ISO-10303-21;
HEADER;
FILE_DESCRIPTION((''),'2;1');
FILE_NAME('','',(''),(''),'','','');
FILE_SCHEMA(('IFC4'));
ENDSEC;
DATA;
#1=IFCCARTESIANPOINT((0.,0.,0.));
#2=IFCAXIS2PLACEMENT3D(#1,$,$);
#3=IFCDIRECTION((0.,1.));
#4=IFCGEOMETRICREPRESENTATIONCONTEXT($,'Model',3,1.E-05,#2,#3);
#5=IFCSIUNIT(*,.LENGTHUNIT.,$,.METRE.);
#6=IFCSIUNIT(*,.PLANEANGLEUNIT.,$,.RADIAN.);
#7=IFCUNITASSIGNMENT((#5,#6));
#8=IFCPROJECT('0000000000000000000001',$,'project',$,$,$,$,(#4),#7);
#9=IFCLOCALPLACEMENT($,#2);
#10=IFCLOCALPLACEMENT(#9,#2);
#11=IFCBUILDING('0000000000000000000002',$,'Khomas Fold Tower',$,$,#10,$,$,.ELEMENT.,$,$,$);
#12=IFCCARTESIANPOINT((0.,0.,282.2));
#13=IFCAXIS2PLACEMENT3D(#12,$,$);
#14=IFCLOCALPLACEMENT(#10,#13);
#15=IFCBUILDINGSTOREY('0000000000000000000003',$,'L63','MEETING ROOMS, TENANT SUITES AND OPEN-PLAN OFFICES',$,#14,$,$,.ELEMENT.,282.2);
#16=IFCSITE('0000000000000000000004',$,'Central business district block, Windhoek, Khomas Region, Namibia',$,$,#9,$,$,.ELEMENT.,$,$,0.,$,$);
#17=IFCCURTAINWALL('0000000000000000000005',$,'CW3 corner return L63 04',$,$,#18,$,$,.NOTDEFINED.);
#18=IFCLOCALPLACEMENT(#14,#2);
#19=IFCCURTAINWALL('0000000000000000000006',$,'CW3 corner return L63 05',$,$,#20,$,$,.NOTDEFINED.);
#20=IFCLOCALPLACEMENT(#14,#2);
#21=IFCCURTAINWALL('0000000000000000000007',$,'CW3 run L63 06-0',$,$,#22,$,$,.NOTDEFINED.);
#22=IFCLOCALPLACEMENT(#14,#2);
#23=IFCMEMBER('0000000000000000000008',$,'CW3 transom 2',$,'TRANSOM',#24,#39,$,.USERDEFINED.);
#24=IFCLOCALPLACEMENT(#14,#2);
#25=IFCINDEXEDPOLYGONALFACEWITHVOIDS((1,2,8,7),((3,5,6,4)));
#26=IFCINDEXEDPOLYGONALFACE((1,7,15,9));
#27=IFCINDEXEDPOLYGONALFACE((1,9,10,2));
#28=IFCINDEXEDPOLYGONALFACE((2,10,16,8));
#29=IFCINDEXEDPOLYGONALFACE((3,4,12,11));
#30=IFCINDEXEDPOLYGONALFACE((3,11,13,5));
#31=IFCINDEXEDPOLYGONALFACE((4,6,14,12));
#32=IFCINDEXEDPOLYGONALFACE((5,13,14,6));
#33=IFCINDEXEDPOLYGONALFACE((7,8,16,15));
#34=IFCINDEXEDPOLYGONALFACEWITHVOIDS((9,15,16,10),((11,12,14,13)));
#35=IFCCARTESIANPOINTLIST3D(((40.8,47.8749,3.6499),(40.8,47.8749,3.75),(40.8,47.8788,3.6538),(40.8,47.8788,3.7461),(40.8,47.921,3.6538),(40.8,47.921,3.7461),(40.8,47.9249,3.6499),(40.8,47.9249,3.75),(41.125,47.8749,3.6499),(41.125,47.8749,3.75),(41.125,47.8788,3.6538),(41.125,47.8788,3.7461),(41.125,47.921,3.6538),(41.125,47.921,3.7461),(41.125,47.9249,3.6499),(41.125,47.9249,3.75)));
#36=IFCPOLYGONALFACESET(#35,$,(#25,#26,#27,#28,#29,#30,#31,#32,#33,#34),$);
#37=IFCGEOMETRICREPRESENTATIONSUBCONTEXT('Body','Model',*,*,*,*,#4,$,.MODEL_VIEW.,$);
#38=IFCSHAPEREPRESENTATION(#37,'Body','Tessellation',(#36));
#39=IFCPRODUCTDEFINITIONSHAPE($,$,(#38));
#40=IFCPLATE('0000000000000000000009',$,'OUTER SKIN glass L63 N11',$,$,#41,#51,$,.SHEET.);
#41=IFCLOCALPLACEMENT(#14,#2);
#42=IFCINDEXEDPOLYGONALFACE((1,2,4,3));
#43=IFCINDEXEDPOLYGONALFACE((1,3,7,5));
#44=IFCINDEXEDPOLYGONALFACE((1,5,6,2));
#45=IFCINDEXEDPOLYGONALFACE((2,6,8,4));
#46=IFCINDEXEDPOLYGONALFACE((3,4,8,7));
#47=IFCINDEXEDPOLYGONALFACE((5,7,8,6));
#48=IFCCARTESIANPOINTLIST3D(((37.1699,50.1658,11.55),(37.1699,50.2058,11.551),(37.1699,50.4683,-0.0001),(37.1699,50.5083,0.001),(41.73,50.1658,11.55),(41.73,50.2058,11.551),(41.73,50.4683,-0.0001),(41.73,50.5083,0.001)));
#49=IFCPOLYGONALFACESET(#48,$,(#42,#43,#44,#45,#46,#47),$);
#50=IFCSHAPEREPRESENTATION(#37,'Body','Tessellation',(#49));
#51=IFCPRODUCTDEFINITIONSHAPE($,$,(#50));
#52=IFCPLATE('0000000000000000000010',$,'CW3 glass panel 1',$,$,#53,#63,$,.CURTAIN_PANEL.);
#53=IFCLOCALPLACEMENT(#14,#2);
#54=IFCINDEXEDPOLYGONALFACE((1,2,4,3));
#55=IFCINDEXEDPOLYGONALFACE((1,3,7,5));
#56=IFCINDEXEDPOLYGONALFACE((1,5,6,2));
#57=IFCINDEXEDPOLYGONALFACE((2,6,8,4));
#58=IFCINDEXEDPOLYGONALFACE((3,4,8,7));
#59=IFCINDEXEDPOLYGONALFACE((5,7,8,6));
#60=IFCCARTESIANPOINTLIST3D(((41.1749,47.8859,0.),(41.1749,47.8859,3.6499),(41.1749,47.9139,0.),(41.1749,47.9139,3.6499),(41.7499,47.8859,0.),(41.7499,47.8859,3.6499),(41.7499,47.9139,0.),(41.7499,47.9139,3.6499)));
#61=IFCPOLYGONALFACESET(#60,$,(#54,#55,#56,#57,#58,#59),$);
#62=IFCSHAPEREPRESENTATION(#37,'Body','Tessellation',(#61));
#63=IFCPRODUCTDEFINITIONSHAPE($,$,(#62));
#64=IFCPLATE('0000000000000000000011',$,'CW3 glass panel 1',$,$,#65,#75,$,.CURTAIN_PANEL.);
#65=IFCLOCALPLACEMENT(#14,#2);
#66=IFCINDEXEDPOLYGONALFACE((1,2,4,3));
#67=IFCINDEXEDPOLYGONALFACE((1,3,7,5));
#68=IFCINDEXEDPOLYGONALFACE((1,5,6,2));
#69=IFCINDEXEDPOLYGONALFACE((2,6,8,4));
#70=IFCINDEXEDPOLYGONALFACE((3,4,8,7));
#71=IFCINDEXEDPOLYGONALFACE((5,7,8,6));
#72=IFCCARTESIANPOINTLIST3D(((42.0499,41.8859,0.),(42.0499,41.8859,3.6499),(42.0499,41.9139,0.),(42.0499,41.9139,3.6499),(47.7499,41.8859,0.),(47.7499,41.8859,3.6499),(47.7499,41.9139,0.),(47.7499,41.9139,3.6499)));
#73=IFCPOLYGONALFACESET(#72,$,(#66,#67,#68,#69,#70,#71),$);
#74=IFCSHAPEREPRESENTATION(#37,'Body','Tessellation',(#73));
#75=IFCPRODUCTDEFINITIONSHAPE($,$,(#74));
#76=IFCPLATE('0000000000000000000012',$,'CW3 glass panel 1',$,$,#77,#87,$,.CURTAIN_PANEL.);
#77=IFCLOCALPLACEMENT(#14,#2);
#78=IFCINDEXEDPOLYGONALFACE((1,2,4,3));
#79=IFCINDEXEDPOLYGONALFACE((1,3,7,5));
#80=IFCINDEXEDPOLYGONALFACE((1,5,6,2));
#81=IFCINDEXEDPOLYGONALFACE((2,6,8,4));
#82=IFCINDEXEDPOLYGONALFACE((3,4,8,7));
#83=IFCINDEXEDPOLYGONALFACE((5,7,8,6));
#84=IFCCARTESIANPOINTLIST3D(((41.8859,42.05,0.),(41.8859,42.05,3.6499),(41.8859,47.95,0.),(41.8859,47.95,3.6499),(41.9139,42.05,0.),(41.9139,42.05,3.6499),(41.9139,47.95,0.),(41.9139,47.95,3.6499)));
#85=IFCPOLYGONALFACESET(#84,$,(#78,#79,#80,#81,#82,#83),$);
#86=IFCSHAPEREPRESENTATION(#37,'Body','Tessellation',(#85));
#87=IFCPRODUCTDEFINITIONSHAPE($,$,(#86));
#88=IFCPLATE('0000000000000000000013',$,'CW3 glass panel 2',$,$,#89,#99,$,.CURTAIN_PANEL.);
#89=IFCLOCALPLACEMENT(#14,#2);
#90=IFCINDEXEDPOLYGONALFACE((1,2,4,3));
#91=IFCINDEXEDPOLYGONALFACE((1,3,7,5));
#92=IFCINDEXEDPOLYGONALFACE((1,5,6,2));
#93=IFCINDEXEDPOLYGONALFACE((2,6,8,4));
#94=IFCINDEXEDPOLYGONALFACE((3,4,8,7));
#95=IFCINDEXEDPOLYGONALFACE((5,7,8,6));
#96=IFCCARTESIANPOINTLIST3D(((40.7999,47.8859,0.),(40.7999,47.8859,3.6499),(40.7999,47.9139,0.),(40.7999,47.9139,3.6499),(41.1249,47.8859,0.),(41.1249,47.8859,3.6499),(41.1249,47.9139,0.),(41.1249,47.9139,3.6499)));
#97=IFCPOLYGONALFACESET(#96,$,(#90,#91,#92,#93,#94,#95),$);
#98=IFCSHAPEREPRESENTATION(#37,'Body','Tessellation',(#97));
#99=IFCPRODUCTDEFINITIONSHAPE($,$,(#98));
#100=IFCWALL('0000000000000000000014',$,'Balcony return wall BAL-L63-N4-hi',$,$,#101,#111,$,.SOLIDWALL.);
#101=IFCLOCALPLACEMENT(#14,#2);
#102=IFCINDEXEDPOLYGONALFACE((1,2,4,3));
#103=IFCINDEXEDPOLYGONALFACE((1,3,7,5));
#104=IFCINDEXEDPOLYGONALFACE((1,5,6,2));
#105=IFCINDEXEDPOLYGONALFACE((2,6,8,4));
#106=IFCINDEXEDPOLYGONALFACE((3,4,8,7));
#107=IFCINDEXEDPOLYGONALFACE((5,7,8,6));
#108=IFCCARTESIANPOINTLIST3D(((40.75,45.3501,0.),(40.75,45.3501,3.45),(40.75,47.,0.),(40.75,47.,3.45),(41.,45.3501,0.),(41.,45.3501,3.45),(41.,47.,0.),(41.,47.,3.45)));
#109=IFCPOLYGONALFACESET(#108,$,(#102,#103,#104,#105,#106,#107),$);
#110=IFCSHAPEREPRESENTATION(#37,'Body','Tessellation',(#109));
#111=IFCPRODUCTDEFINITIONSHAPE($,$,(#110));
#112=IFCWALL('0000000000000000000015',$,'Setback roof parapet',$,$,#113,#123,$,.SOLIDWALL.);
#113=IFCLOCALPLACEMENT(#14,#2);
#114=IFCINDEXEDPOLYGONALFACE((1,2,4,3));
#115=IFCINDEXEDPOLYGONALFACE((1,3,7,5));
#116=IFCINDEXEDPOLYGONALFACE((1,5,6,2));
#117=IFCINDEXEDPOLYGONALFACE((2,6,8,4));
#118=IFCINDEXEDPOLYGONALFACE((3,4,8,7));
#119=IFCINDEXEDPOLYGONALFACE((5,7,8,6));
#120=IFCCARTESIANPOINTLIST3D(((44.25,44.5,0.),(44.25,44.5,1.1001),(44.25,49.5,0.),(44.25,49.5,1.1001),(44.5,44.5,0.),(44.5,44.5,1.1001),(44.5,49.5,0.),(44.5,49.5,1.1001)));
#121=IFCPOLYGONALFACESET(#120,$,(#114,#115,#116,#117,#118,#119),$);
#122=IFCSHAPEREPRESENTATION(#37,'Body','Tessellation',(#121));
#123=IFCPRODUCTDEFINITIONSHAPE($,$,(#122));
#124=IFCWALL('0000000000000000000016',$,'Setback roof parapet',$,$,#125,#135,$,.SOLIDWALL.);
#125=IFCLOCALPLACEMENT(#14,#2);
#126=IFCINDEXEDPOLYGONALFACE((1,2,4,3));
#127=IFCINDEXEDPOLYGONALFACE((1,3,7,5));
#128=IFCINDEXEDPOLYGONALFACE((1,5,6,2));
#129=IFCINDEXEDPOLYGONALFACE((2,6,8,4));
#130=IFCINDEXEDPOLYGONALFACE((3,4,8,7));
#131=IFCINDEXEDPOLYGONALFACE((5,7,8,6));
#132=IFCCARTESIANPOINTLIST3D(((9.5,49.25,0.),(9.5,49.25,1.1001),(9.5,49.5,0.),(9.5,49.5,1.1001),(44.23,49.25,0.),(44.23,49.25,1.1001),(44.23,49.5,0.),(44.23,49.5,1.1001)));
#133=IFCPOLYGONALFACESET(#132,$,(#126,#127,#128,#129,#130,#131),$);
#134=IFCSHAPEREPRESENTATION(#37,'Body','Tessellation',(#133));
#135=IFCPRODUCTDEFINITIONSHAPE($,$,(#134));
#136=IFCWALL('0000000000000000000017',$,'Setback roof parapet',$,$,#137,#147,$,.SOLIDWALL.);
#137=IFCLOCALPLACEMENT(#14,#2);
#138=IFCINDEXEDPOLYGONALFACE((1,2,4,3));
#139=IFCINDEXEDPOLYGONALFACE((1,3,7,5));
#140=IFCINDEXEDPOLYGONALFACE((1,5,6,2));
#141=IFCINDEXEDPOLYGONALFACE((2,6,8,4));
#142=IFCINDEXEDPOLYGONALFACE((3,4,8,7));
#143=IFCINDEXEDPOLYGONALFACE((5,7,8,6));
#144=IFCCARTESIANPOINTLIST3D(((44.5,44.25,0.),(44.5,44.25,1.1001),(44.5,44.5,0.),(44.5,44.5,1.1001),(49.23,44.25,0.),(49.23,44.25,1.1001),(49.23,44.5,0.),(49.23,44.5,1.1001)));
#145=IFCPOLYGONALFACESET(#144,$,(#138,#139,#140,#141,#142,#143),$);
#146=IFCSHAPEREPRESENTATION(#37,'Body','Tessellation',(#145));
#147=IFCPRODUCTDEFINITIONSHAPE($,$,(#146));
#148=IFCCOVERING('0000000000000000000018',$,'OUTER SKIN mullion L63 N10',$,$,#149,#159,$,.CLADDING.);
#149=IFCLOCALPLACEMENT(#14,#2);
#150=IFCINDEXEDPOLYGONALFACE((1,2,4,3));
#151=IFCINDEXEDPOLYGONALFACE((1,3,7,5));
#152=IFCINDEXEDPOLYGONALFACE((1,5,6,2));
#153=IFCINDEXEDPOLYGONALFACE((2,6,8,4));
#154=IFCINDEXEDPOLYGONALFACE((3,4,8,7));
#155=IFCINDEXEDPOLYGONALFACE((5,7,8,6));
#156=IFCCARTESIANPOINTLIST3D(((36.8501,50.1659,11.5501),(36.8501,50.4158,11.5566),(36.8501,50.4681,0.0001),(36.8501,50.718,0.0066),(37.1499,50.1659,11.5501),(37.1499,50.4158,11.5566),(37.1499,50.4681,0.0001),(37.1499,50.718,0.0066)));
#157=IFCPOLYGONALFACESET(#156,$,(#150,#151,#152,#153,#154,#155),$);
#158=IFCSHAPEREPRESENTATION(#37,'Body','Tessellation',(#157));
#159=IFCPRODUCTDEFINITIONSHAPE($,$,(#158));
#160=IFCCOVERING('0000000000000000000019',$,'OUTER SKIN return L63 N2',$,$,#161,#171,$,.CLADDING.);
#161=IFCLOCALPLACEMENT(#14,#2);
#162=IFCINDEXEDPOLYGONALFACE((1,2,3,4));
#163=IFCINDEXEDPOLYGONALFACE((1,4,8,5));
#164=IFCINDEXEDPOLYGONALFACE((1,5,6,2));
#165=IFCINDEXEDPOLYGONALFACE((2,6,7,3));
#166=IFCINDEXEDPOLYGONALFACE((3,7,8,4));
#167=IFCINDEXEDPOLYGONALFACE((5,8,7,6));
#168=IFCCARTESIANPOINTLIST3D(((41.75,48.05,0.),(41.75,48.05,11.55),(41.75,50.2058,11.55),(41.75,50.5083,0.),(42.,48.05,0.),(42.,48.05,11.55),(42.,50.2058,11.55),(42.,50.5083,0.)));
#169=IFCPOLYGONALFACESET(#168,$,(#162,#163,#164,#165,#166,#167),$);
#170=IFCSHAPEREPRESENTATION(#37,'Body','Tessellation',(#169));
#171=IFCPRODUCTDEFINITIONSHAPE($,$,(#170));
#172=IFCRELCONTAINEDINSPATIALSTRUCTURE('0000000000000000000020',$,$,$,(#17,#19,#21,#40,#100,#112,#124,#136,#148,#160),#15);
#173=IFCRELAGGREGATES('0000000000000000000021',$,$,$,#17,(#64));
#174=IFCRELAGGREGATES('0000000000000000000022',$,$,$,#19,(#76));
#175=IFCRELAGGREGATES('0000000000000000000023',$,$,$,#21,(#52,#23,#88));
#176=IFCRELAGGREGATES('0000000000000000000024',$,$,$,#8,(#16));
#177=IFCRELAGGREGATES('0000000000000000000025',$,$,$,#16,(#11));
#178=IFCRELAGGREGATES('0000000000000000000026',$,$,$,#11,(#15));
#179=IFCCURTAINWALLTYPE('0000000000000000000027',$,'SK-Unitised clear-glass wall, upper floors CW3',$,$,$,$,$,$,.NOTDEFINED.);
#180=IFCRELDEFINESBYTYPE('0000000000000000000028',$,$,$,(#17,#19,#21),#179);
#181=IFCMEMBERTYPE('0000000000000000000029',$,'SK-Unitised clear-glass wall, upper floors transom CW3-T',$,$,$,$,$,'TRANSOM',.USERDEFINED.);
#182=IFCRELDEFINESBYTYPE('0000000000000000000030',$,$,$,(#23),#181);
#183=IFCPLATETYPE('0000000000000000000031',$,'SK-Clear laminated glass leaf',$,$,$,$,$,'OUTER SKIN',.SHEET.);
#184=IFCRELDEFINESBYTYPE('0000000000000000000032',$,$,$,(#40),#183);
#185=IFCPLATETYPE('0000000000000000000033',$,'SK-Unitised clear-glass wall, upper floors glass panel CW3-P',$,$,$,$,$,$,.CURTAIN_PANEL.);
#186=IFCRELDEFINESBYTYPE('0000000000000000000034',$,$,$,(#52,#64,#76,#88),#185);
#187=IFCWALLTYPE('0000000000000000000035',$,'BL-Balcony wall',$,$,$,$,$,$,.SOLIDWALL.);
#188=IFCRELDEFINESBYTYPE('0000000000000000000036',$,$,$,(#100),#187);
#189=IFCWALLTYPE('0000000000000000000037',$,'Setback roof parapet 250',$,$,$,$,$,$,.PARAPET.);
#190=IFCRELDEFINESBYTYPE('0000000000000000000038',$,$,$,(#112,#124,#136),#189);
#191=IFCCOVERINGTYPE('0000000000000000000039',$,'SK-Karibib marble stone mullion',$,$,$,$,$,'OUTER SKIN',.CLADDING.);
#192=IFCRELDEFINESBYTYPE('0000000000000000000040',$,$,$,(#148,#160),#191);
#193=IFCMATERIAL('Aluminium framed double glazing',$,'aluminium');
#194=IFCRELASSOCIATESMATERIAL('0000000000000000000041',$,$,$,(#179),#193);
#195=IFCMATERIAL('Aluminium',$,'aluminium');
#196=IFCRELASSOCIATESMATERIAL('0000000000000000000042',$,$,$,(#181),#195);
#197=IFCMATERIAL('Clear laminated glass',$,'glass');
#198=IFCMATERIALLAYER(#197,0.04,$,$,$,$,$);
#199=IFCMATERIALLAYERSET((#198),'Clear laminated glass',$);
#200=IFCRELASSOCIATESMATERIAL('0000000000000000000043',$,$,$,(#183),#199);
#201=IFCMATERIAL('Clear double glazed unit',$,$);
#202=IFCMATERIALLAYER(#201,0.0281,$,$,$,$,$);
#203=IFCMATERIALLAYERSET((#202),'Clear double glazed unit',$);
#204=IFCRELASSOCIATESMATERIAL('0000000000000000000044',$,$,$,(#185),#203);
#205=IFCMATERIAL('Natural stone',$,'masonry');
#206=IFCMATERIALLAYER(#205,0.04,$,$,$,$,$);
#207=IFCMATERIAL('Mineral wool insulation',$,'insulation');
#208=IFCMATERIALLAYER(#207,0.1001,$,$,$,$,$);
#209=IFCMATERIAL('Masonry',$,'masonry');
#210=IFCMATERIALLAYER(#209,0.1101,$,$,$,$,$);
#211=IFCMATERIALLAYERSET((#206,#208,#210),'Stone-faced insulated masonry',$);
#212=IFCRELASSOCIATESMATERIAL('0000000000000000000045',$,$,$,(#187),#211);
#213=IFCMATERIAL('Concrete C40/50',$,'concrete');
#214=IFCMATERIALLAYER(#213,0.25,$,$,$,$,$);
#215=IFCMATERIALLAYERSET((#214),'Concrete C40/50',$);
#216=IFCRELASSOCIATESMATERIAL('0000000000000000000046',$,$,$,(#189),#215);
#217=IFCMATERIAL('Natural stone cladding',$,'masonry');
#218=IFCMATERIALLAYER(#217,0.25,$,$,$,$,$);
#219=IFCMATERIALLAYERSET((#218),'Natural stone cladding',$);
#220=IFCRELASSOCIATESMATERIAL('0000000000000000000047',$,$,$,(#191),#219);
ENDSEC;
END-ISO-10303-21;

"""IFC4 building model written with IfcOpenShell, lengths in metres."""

from ifc_helpers import new_model, si_unit, direction, frame, frame_2d, origin, origin_2d, place, context, subcontext, project, spatial, polyline, rectangle, hollow_rectangle, outline, extrude, source, transform, mapped, material, layer, layer_set, material_profile, profile_set, type_object, element, aggregate, save


model = new_model("IFC4")

# Units and contexts
model_context = context("Model", 3, precision=1e-05, world=origin(), true_north=direction((0.0, 1.0)))
body_context = subcontext(model_context, "Body", "Model", "MODEL_VIEW")
ifc_project = project(units=[si_unit("LENGTHUNIT", "METRE"), si_unit("PLANEANGLEUNIT", "RADIAN")], contexts=[model_context])

# Site, building, storey
site_placement = place(None, origin())
site = spatial("IfcSite", under=ifc_project, at=site_placement, Name="Central business district block, Windhoek, Khomas Region, Namibia", CompositionType="ELEMENT", RefElevation=0.0)
building_placement = place(site_placement, origin())
building = spatial("IfcBuilding", under=site, at=building_placement, Name="Khomas Fold Tower", CompositionType="ELEMENT")
storey_placement = place(building_placement, frame((0.0, 0.0, 282.2)))
storey = spatial("IfcBuildingStorey", under=building, at=storey_placement, Name="L63", Description="MEETING ROOMS, TENANT SUITES AND OPEN-PLAN OFFICES", CompositionType="ELEMENT", Elevation=282.2)

# Shared definitions
ifc_material_1 = material(Name="Aluminium framed double glazing", Category="aluminium")
curtain_wall_type = type_object("IfcCurtainWallType", Name="SK-Unitised clear-glass wall, upper floors CW3", PredefinedType="NOTDEFINED", material=ifc_material_1)

# Curtain walls
curtain_wall_1_placement = place(storey_placement, origin())
curtain_wall_1 = element("IfcCurtainWall", 1, at=curtain_wall_1_placement, inside=storey, type_object=curtain_wall_type, Name="CW3 corner return L63 04", PredefinedType="NOTDEFINED")
curtain_wall_2_placement = place(storey_placement, origin())
curtain_wall_2 = element("IfcCurtainWall", 2, at=curtain_wall_2_placement, inside=storey, type_object=curtain_wall_type, Name="CW3 corner return L63 05", PredefinedType="NOTDEFINED")
curtain_wall_3_placement = place(storey_placement, origin())
curtain_wall_3 = element("IfcCurtainWall", 3, at=curtain_wall_3_placement, inside=storey, type_object=curtain_wall_type, Name="CW3 run L63 06-0", PredefinedType="NOTDEFINED")
ifc_material_2 = material(Name="Aluminium", Category="aluminium")
ifc_material_profile_1 = material_profile(ifc_material_2, hollow_rectangle(XDim=0.05, YDim=0.1001, WallThickness=0.0039, at=origin_2d()), Name="SK-Unitised clear-glass wall, upper floors transom CW3-T")
ifc_profile_set_1 = profile_set([ifc_material_profile_1], Name="Aluminium")
member_type_1 = type_object("IfcMemberType", Name="SK-Unitised clear-glass wall, upper floors transom CW3-T", ElementType="TRANSOM", PredefinedType="USERDEFINED", material=ifc_profile_set_1)

# Member
shared_shape_1 = source(origin(), body_context, "Body", "SweptSolid", [
    extrude(hollow_rectangle(XDim=0.05, YDim=0.1001, WallThickness=0.0039, at=origin_2d()), origin(), (0.0, 0.0, 1.0), 0.325),
])
member_1_placement = place(storey_placement, frame((41.125, 47.8999, 3.7), z_axis=(-1.0, 0.0, 0.0), x_axis=(0.0, -1.0, 0.0)))
member_1 = element("IfcMember", 4, at=member_1_placement, type_object=member_type_1, Name="CW3 transom 2", ObjectType="TRANSOM", PredefinedType="USERDEFINED", context=body_context, shape_type="MappedRepresentation", body=[
    mapped(shared_shape_1, transform((0.0, 0.0, 0.0))),
])

# Plates
ifc_material_3 = material(Name="Clear laminated glass", Category="glass")
ifc_layer_1 = layer(ifc_material_3, 0.04)
ifc_layer_set_1 = layer_set([ifc_layer_1], Name="Clear laminated glass")
plate_type_1 = type_object("IfcPlateType", Name="SK-Clear laminated glass leaf", ElementType="OUTER SKIN", PredefinedType="SHEET", material=ifc_layer_set_1)
plate_1_placement = place(storey_placement, frame((37.1699, 50.5083, 0.001), z_axis=(0.0, 0.999657, 0.026181), x_axis=(1.0, 0.0, 0.0)))
element("IfcPlate", 5, at=plate_1_placement, inside=storey, type_object=plate_type_1, Name="OUTER SKIN glass L63 N11", PredefinedType="SHEET", context=body_context, shape_type="SweptSolid", body=[
    extrude(outline(polyline([(0.0, 0.0), (4.5601, 0.0), (4.5601, -11.554), (0.0, -11.554), (0.0, 0.0)])), origin(), (0.0, 0.0, -1.0), 0.04),
])
ifc_material_4 = material(Name="Clear double glazed unit")
ifc_layer_2 = layer(ifc_material_4, 0.0281)
ifc_layer_set_2 = layer_set([ifc_layer_2], Name="Clear double glazed unit")
plate_type_2 = type_object("IfcPlateType", Name="SK-Unitised clear-glass wall, upper floors glass panel CW3-P", PredefinedType="CURTAIN_PANEL", material=ifc_layer_set_2)
shared_shape_2 = source(origin(), body_context, "Body", "SweptSolid", [
    extrude(rectangle(XDim=0.575, YDim=0.0281, at=origin_2d()), origin(), (0.0, 0.0, 1.0), 3.6499),
])
plate_2_placement = place(storey_placement, frame((41.4624, 47.8999, 0.0), z_axis=(0.0, 0.0, 1.0), x_axis=(-1.0, 0.0, 0.0)))
plate_2 = element("IfcPlate", 6, at=plate_2_placement, type_object=plate_type_2, Name="CW3 glass panel 1", PredefinedType="CURTAIN_PANEL", context=body_context, shape_type="MappedRepresentation", body=[
    mapped(shared_shape_2, transform((0.0, 0.0, 0.0))),
])
shared_shape_3 = source(origin(), body_context, "Body", "SweptSolid", [
    extrude(rectangle(XDim=5.7, YDim=0.0281, at=origin_2d()), origin(), (0.0, 0.0, 1.0), 3.6499),
])
plate_3_placement = place(storey_placement, frame((44.8999, 41.8999, 0.0), z_axis=(0.0, 0.0, 1.0), x_axis=(-1.0, 0.0, 0.0)))
plate_3 = element("IfcPlate", 7, at=plate_3_placement, type_object=plate_type_2, Name="CW3 glass panel 1", PredefinedType="CURTAIN_PANEL", context=body_context, shape_type="MappedRepresentation", body=[
    mapped(shared_shape_3, transform((0.0, 0.0, 0.0))),
])
aggregate(curtain_wall_1, [plate_3])
shared_shape_4 = source(origin(), body_context, "Body", "SweptSolid", [
    extrude(rectangle(XDim=5.8999, YDim=0.0281, at=origin_2d()), origin(), (0.0, 0.0, 1.0), 3.6499),
])
plate_4_placement = place(storey_placement, frame((41.8999, 45.0, 0.0), z_axis=(0.0, 0.0, 1.0), x_axis=(0.0, 1.0, 0.0)))
plate_4 = element("IfcPlate", 8, at=plate_4_placement, type_object=plate_type_2, Name="CW3 glass panel 1", PredefinedType="CURTAIN_PANEL", context=body_context, shape_type="MappedRepresentation", body=[
    mapped(shared_shape_4, transform((0.0, 0.0, 0.0))),
])
aggregate(curtain_wall_2, [plate_4])
shared_shape_5 = source(origin(), body_context, "Body", "SweptSolid", [
    extrude(rectangle(XDim=0.325, YDim=0.0281, at=origin_2d()), origin(), (0.0, 0.0, 1.0), 3.6499),
])
plate_5_placement = place(storey_placement, frame((40.9624, 47.8999, 0.0), z_axis=(0.0, 0.0, 1.0), x_axis=(-1.0, 0.0, 0.0)))
plate_5 = element("IfcPlate", 9, at=plate_5_placement, type_object=plate_type_2, Name="CW3 glass panel 2", PredefinedType="CURTAIN_PANEL", context=body_context, shape_type="MappedRepresentation", body=[
    mapped(shared_shape_5, transform((0.0, 0.0, 0.0))),
])
aggregate(curtain_wall_3, [plate_2, member_1, plate_5])

# Walls
ifc_material_5 = material(Name="Natural stone", Category="masonry")
ifc_layer_3 = layer(ifc_material_5, 0.04)
ifc_material_6 = material(Name="Mineral wool insulation", Category="insulation")
ifc_layer_4 = layer(ifc_material_6, 0.1001)
ifc_material_7 = material(Name="Masonry", Category="masonry")
ifc_layer_5 = layer(ifc_material_7, 0.1101)
ifc_layer_set_3 = layer_set([ifc_layer_3, ifc_layer_4, ifc_layer_5], Name="Stone-faced insulated masonry")
wall_type_1 = type_object("IfcWallType", Name="BL-Balcony wall", PredefinedType="SOLIDWALL", material=ifc_layer_set_3)
shared_shape_6 = source(origin(), body_context, "Body", "SweptSolid", [
    extrude(rectangle(XDim=1.6499, YDim=0.25, at=frame_2d((0.825, 0.0))), origin(), (0.0, 0.0, 1.0), 3.45),
])
wall_1_placement = place(storey_placement, frame((40.875, 47.0, 0.0), z_axis=(0.0, 0.0, 1.0), x_axis=(0.0, -1.0, 0.0)))
element("IfcWall", 10, at=wall_1_placement, inside=storey, type_object=wall_type_1, Name="Balcony return wall BAL-L63-N4-hi", PredefinedType="SOLIDWALL", context=body_context, shape_type="MappedRepresentation", body=[
    mapped(shared_shape_6, transform((0.0, 0.0, 0.0))),
])
ifc_material_8 = material(Name="Concrete C40/50", Category="concrete")
ifc_layer_6 = layer(ifc_material_8, 0.25)
ifc_layer_set_4 = layer_set([ifc_layer_6], Name="Concrete C40/50")
wall_type_2 = type_object("IfcWallType", Name="Setback roof parapet 250", PredefinedType="PARAPET", material=ifc_layer_set_4)
shared_shape_7 = source(origin(), body_context, "Body", "SweptSolid", [
    extrude(rectangle(XDim=5.0, YDim=0.25, at=frame_2d((2.5, 0.0))), origin(), (0.0, 0.0, 1.0), 1.1001),
])
wall_2_placement = place(storey_placement, frame((44.375, 44.5, 0.0), z_axis=(0.0, 0.0, 1.0), x_axis=(0.0, 1.0, 0.0)))
element("IfcWall", 11, at=wall_2_placement, inside=storey, type_object=wall_type_2, Name="Setback roof parapet", PredefinedType="SOLIDWALL", context=body_context, shape_type="MappedRepresentation", body=[
    mapped(shared_shape_7, transform((0.0, 0.0, 0.0))),
])
shared_shape_8 = source(origin(), body_context, "Body", "SweptSolid", [
    extrude(rectangle(XDim=34.73, YDim=0.25, at=frame_2d((17.365, 0.0))), origin(), (0.0, 0.0, 1.0), 1.1001),
])
wall_3_placement = place(storey_placement, frame((44.23, 49.375, 0.0), z_axis=(0.0, 0.0, 1.0), x_axis=(-1.0, 0.0, 0.0)))
element("IfcWall", 12, at=wall_3_placement, inside=storey, type_object=wall_type_2, Name="Setback roof parapet", PredefinedType="SOLIDWALL", context=body_context, shape_type="MappedRepresentation", body=[
    mapped(shared_shape_8, transform((0.0, 0.0, 0.0))),
])
shared_shape_9 = source(origin(), body_context, "Body", "SweptSolid", [
    extrude(rectangle(XDim=4.73, YDim=0.25, at=frame_2d((2.365, 0.0))), origin(), (0.0, 0.0, 1.0), 1.1001),
])
wall_4_placement = place(storey_placement, frame((49.23, 44.375, 0.0), z_axis=(0.0, 0.0, 1.0), x_axis=(-1.0, 0.0, 0.0)))
element("IfcWall", 13, at=wall_4_placement, inside=storey, type_object=wall_type_2, Name="Setback roof parapet", PredefinedType="SOLIDWALL", context=body_context, shape_type="MappedRepresentation", body=[
    mapped(shared_shape_9, transform((0.0, 0.0, 0.0))),
])

# Coverings
ifc_material_9 = material(Name="Natural stone cladding", Category="masonry")
ifc_layer_7 = layer(ifc_material_9, 0.25)
ifc_layer_set_5 = layer_set([ifc_layer_7], Name="Natural stone cladding")
covering_type = type_object("IfcCoveringType", Name="SK-Karibib marble stone mullion", ElementType="OUTER SKIN", PredefinedType="CLADDING", material=ifc_layer_set_5)
covering_1_placement = place(storey_placement, frame((36.8501, 50.718, 0.0066), z_axis=(0.0, 0.999658, 0.026159), x_axis=(1.0, 0.0, 0.0)))
element("IfcCovering", 14, at=covering_1_placement, inside=storey, type_object=covering_type, Name="OUTER SKIN mullion L63 N10", PredefinedType="CLADDING", context=body_context, shape_type="SweptSolid", body=[
    extrude(outline(polyline([(0.0, 0.0), (0.2998, 0.0), (0.2998, -11.554), (0.0, -11.554), (0.0, 0.0)])), origin(), (0.0, 0.0, -1.0), 0.25),
])
covering_2_placement = place(storey_placement, frame((42.0, 48.05, 0.0), z_axis=(1.0, 0.0, 0.0), x_axis=(0.0, 1.0, 0.0)))
element("IfcCovering", 15, at=covering_2_placement, inside=storey, type_object=covering_type, Name="OUTER SKIN return L63 N2", PredefinedType="CLADDING", context=body_context, shape_type="SweptSolid", body=[
    extrude(outline(polyline([(0.0, 0.0), (2.4583, 0.0), (2.1558, 11.55), (0.0, 11.55), (0.0, 0.0)])), origin(), (0.0, 0.0, -1.0), 0.25),
])

save(model, "model.ifc")
